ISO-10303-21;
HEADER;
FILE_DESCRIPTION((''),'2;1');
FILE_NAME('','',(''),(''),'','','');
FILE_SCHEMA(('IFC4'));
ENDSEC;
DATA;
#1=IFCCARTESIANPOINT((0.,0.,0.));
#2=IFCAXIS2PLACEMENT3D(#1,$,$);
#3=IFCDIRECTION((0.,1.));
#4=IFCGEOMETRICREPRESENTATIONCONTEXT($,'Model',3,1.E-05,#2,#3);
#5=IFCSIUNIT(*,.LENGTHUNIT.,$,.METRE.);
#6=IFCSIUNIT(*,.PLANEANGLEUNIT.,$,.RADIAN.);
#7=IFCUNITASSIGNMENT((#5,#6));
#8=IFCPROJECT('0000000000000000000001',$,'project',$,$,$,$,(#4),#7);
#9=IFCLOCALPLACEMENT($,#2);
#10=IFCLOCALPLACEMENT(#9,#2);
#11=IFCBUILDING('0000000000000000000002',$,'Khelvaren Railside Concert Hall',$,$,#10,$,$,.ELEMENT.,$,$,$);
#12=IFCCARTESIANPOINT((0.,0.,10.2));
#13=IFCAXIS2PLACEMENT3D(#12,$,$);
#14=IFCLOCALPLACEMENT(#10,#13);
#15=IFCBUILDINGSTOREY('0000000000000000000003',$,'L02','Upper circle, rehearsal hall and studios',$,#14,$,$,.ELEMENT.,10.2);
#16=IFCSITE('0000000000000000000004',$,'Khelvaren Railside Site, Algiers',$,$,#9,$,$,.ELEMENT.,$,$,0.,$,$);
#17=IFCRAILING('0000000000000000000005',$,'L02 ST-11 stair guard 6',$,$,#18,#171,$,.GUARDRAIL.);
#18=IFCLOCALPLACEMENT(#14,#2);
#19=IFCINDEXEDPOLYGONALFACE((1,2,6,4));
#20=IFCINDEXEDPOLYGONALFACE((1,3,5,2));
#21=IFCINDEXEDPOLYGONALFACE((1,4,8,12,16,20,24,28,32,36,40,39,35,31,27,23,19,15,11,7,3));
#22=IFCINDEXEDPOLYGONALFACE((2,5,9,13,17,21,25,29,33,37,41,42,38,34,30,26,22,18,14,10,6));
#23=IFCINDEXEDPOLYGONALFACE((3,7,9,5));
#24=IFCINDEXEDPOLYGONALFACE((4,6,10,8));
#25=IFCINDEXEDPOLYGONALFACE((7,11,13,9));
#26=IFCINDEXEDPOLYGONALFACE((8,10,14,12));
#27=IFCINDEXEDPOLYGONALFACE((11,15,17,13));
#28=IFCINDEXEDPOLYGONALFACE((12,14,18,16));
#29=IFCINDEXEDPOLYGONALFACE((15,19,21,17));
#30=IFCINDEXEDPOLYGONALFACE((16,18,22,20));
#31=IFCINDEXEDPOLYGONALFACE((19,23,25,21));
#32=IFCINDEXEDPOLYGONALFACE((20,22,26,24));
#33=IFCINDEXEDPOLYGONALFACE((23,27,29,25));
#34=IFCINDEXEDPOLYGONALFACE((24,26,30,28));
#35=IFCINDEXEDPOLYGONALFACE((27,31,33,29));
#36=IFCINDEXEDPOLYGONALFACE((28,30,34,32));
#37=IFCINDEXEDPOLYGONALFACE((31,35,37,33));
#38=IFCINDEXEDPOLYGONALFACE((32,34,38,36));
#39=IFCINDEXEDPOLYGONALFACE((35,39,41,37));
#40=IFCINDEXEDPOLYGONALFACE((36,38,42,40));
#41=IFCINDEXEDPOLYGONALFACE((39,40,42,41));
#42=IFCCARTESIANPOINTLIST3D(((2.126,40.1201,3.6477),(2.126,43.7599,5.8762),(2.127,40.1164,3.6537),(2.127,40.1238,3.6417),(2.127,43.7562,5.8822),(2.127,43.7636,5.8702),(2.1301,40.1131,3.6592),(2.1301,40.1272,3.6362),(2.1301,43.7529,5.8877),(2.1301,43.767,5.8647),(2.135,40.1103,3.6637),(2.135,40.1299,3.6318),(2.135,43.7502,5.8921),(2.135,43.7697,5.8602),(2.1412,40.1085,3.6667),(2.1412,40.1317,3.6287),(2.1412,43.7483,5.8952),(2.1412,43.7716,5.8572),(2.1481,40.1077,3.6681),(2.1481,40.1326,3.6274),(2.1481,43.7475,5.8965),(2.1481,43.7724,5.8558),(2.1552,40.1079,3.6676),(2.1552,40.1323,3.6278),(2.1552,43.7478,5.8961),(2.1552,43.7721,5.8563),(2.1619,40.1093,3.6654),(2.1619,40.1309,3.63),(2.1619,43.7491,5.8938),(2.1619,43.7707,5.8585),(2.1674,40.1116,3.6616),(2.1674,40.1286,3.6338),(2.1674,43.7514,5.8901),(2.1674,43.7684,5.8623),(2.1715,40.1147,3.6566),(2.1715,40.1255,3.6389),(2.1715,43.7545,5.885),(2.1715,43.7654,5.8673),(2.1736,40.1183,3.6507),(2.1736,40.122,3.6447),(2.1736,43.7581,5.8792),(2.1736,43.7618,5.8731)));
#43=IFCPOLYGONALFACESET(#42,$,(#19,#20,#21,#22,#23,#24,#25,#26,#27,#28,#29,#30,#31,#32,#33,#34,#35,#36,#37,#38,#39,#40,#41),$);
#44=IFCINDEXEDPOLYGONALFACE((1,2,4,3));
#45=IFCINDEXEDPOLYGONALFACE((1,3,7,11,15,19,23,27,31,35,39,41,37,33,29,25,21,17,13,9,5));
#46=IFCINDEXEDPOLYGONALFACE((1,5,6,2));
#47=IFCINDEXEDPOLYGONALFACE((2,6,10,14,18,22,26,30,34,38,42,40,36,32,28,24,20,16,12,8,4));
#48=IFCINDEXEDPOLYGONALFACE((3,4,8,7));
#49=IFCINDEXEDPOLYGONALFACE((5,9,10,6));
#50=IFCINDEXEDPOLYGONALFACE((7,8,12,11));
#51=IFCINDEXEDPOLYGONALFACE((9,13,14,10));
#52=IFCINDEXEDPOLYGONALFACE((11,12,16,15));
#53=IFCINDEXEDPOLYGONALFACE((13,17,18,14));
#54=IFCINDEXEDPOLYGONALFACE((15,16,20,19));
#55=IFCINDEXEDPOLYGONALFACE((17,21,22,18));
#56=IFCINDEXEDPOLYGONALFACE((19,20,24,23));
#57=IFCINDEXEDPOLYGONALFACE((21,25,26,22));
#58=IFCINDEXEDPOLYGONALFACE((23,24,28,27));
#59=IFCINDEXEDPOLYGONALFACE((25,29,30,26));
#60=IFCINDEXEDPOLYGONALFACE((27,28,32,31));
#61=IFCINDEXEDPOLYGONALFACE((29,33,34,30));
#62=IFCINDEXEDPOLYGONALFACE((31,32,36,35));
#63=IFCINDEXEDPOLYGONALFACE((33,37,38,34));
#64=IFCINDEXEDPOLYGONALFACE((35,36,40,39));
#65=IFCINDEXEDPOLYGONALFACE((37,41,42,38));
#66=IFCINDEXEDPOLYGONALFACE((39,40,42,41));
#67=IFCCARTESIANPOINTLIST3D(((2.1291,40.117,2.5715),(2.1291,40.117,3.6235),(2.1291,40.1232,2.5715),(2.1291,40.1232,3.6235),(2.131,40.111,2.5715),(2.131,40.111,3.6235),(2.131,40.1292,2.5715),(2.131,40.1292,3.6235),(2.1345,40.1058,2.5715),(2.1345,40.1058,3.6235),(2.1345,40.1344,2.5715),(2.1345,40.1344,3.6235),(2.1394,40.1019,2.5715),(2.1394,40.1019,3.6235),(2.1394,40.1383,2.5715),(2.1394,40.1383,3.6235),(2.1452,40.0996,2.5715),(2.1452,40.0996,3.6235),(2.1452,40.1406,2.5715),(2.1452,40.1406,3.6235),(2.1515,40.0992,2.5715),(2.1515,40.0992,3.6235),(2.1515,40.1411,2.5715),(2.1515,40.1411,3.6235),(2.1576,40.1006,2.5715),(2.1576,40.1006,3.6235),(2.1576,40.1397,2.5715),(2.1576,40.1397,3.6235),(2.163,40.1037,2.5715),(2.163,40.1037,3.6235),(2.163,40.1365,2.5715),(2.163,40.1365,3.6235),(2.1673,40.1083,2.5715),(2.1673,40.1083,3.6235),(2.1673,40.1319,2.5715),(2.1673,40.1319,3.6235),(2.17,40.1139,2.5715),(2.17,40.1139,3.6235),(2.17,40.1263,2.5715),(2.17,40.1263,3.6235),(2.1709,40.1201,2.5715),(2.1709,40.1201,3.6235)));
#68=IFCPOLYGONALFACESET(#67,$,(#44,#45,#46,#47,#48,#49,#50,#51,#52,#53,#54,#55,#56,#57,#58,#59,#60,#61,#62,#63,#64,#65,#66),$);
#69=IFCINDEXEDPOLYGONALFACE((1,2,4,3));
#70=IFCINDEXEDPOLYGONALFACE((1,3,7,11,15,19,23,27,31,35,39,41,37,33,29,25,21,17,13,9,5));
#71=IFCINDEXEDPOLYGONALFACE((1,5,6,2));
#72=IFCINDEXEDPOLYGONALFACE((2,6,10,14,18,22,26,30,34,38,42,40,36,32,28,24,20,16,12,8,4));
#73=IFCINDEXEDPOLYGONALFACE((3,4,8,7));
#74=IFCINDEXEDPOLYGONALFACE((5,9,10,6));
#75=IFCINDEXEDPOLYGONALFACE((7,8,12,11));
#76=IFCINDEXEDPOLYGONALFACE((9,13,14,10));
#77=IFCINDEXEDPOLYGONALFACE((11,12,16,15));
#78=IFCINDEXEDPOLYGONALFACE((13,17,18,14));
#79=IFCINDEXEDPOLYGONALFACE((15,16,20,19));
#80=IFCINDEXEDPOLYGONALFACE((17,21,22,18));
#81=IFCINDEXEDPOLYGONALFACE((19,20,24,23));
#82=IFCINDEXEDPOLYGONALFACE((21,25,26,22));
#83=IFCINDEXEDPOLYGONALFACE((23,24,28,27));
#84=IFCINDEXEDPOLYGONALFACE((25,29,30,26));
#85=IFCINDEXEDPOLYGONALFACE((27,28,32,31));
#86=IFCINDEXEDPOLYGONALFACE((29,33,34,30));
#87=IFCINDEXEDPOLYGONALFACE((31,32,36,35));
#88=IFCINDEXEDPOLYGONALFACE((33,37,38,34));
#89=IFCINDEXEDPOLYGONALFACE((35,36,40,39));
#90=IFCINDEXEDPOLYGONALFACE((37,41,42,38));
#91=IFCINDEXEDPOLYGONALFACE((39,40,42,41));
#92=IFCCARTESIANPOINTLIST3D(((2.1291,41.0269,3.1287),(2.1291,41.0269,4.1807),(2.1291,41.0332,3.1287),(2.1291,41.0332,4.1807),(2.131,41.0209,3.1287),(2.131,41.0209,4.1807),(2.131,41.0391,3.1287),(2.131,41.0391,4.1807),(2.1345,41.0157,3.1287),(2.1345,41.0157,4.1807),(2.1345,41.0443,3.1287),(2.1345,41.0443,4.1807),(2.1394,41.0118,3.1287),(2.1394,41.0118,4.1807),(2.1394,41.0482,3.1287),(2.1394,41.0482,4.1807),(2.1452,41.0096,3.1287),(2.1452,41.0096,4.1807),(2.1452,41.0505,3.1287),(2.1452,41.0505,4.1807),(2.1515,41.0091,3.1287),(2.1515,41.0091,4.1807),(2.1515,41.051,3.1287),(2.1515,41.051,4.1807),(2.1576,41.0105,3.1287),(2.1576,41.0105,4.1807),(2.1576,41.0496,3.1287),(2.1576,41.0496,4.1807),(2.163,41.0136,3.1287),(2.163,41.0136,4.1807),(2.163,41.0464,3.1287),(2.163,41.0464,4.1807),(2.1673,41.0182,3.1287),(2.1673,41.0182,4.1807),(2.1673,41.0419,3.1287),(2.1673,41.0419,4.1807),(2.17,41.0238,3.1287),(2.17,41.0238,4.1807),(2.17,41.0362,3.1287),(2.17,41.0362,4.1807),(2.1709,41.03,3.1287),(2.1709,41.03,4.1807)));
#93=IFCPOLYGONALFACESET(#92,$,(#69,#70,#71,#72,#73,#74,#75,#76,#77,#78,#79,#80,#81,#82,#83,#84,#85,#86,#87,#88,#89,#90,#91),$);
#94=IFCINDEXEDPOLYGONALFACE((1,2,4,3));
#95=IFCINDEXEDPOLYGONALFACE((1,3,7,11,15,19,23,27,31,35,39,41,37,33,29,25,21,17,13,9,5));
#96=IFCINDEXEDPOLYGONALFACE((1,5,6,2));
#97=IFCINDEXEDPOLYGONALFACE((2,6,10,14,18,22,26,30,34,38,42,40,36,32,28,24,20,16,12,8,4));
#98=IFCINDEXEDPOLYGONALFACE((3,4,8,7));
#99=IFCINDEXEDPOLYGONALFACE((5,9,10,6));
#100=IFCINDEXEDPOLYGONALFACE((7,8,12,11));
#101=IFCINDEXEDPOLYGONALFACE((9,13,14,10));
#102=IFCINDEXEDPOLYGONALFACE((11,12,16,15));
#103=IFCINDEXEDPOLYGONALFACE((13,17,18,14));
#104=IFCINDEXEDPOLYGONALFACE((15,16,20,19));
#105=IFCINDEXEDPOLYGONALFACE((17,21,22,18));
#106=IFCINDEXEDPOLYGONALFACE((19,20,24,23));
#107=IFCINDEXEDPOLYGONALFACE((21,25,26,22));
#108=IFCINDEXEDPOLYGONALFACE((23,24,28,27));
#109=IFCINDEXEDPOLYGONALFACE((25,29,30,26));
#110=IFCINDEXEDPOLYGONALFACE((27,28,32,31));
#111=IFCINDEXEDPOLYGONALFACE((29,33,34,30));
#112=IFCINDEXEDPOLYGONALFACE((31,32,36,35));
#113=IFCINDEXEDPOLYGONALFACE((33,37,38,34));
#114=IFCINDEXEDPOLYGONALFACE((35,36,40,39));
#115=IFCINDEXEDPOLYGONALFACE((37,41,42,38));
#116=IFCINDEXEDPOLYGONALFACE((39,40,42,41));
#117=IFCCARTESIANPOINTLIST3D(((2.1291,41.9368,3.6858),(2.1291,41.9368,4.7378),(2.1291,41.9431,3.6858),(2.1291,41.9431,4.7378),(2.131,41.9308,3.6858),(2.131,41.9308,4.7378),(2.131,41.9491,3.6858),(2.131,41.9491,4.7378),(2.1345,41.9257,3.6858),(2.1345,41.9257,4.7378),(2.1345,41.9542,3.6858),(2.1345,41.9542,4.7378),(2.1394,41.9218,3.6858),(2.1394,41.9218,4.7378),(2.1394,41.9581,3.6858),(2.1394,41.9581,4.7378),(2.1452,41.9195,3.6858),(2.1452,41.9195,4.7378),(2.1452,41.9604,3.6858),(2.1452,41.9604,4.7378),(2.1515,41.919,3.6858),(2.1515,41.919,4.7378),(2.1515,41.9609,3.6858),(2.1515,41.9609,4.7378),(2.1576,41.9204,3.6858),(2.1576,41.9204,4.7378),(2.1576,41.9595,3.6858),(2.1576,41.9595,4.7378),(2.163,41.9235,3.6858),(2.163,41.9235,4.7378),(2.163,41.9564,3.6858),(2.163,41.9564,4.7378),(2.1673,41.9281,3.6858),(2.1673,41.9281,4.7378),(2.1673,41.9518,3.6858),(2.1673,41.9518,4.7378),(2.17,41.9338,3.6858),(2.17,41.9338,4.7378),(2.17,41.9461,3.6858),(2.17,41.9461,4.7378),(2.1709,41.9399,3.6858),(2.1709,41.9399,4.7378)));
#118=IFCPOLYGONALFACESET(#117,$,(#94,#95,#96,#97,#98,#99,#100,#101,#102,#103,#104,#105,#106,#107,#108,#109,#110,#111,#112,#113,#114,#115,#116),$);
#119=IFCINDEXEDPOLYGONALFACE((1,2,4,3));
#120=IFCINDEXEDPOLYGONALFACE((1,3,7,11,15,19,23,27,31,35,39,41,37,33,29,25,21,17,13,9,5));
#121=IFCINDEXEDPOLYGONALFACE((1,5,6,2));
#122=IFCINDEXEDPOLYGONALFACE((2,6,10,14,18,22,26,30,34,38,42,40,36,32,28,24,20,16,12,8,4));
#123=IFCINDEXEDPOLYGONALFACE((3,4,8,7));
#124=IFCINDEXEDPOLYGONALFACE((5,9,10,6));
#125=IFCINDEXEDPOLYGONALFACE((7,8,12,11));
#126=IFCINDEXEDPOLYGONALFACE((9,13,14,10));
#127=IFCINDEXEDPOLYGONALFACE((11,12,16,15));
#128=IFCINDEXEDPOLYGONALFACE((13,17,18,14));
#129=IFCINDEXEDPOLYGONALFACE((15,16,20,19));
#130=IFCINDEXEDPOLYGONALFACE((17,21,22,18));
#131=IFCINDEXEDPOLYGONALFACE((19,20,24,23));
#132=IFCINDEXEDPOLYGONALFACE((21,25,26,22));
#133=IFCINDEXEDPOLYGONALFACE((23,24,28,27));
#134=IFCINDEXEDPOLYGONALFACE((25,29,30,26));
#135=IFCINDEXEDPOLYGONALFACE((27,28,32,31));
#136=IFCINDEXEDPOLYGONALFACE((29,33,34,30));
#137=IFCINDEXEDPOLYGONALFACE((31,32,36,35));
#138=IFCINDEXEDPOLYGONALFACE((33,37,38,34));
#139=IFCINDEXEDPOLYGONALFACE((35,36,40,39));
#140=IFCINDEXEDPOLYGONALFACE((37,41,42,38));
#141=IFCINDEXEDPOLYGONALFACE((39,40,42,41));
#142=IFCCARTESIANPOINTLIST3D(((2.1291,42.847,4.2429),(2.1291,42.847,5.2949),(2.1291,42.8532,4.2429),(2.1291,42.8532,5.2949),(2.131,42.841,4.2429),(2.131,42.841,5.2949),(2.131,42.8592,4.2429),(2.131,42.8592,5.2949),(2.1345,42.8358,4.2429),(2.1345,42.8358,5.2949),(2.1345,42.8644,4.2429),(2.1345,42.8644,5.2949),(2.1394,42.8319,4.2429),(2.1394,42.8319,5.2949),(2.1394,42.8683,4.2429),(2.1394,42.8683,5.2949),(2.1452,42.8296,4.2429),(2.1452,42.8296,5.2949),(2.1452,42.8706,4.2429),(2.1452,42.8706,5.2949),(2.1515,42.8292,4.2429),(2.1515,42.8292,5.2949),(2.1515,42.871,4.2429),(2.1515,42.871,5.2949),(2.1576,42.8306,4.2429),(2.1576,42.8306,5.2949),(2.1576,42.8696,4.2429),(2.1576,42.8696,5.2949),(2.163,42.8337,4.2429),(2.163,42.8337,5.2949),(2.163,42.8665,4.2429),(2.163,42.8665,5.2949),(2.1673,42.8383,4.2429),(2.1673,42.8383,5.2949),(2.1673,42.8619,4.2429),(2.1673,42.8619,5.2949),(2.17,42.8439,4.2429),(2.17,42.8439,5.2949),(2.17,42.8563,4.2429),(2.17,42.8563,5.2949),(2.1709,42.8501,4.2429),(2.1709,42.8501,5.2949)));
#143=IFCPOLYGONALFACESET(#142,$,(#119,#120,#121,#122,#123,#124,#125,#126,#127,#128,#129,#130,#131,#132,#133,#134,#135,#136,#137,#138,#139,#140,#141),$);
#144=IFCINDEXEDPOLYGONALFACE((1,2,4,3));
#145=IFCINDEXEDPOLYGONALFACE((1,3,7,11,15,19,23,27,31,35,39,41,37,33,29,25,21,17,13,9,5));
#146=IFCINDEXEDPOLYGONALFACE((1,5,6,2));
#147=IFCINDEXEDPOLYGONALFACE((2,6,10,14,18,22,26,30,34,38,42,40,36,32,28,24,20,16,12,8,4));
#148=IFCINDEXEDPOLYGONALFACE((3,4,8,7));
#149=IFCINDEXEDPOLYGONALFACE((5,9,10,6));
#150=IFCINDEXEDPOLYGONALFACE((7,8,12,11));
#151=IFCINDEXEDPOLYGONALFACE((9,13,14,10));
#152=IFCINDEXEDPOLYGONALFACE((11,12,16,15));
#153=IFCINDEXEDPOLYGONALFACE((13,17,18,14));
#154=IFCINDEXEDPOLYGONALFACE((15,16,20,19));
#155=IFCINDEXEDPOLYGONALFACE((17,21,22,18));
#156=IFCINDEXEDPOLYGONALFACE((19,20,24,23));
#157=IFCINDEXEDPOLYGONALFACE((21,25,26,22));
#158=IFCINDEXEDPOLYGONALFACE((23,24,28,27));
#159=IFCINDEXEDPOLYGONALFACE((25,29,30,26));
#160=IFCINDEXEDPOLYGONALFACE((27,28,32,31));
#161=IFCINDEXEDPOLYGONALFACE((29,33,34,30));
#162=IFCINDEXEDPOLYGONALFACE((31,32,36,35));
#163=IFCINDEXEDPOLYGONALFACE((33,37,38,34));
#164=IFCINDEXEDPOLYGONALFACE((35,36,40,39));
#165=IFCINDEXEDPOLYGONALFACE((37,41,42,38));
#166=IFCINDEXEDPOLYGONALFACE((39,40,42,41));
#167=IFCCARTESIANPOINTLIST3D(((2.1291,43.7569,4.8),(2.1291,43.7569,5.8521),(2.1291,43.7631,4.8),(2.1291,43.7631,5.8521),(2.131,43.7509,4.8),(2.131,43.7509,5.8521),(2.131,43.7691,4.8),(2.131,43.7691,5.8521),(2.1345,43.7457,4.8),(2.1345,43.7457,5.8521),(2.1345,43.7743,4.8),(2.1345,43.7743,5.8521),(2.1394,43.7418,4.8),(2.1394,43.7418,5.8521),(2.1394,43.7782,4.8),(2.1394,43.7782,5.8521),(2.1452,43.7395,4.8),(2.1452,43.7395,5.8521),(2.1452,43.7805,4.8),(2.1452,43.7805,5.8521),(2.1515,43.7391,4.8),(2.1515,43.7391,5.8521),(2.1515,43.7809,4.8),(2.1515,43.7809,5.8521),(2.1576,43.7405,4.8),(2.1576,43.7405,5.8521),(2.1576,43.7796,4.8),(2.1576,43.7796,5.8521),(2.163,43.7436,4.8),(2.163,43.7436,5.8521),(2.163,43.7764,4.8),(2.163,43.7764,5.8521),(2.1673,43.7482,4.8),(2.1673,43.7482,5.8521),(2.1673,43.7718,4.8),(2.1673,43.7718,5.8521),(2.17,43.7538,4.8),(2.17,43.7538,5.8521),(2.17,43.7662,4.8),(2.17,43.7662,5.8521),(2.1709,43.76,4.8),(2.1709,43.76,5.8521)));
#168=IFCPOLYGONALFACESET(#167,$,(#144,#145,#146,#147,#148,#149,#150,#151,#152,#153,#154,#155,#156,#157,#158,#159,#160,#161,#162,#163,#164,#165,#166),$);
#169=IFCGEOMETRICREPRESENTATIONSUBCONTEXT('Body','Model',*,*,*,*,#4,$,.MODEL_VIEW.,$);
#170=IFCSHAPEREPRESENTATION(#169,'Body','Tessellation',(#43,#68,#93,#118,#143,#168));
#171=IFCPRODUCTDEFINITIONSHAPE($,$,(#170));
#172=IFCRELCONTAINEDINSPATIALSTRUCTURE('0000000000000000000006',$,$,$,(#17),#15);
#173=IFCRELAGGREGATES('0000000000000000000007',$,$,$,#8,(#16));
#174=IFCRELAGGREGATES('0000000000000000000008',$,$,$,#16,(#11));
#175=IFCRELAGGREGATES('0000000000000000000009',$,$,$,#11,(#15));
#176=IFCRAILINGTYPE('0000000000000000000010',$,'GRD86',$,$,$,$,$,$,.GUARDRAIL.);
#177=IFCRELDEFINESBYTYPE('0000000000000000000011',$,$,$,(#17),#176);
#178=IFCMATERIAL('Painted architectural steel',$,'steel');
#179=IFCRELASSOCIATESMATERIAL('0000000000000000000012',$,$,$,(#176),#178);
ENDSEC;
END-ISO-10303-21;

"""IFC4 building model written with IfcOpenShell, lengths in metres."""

from ifc_helpers import new_model, si_unit, direction, frame, origin, origin_2d, place, context, subcontext, project, spatial, circle, extrude, material, type_object, element, save


model = new_model("IFC4")

# Units and contexts
model_context = context("Model", 3, precision=1e-05, world=origin(), true_north=direction((0.0, 1.0)))
body_context = subcontext(model_context, "Body", "Model", "MODEL_VIEW")
ifc_project = project(units=[si_unit("LENGTHUNIT", "METRE"), si_unit("PLANEANGLEUNIT", "RADIAN")], contexts=[model_context])

# Site, building, storey
site_placement = place(None, origin())
site = spatial("IfcSite", under=ifc_project, at=site_placement, Name="Khelvaren Railside Site, Algiers", CompositionType="ELEMENT", RefElevation=0.0)
building_placement = place(site_placement, origin())
building = spatial("IfcBuilding", under=site, at=building_placement, Name="Khelvaren Railside Concert Hall", CompositionType="ELEMENT")
storey_placement = place(building_placement, frame((0.0, 0.0, 10.2)))
storey = spatial("IfcBuildingStorey", under=building, at=storey_placement, Name="L02", Description="Upper circle, rehearsal hall and studios", CompositionType="ELEMENT", Elevation=10.2)

# Railing
ifc_material_1 = material(Name="Painted architectural steel", Category="steel")
railing_type_1 = type_object("IfcRailingType", Name="GRD86", PredefinedType="GUARDRAIL", material=ifc_material_1)
railing_1_placement = place(storey_placement, frame((2.1499, 40.1201, 2.5715)))
element("IfcRailing", 1, at=railing_1_placement, inside=storey, type_object=railing_type_1, Name="L02 ST-11 stair guard 6", PredefinedType="GUARDRAIL", context=body_context, shape_type="SweptSolid", body=[
    extrude(circle(Radius=0.0239, at=origin_2d()), frame((0.0, 0.0, 1.0762), z_axis=(0.0, 0.85285, 0.522156), x_axis=(-1.0, 0.0, 0.0)), (0.0, 0.0, 1.0), 4.2678),
    extrude(circle(Radius=0.021, at=origin_2d()), origin(), (0.0, 0.0, 1.0), 1.052),
    extrude(circle(Radius=0.021, at=origin_2d()), frame((0.0, 0.9099, 0.5571)), (0.0, 0.0, 1.0), 1.052),
    extrude(circle(Radius=0.021, at=origin_2d()), frame((0.0, 1.8198, 1.1143)), (0.0, 0.0, 1.0), 1.052),
    extrude(circle(Radius=0.021, at=origin_2d()), frame((0.0, 2.73, 1.6714)), (0.0, 0.0, 1.0), 1.052),
    extrude(circle(Radius=0.021, at=origin_2d()), frame((0.0, 3.6399, 2.2285)), (0.0, 0.0, 1.0), 1.052),
])

save(model, "model.ifc")
